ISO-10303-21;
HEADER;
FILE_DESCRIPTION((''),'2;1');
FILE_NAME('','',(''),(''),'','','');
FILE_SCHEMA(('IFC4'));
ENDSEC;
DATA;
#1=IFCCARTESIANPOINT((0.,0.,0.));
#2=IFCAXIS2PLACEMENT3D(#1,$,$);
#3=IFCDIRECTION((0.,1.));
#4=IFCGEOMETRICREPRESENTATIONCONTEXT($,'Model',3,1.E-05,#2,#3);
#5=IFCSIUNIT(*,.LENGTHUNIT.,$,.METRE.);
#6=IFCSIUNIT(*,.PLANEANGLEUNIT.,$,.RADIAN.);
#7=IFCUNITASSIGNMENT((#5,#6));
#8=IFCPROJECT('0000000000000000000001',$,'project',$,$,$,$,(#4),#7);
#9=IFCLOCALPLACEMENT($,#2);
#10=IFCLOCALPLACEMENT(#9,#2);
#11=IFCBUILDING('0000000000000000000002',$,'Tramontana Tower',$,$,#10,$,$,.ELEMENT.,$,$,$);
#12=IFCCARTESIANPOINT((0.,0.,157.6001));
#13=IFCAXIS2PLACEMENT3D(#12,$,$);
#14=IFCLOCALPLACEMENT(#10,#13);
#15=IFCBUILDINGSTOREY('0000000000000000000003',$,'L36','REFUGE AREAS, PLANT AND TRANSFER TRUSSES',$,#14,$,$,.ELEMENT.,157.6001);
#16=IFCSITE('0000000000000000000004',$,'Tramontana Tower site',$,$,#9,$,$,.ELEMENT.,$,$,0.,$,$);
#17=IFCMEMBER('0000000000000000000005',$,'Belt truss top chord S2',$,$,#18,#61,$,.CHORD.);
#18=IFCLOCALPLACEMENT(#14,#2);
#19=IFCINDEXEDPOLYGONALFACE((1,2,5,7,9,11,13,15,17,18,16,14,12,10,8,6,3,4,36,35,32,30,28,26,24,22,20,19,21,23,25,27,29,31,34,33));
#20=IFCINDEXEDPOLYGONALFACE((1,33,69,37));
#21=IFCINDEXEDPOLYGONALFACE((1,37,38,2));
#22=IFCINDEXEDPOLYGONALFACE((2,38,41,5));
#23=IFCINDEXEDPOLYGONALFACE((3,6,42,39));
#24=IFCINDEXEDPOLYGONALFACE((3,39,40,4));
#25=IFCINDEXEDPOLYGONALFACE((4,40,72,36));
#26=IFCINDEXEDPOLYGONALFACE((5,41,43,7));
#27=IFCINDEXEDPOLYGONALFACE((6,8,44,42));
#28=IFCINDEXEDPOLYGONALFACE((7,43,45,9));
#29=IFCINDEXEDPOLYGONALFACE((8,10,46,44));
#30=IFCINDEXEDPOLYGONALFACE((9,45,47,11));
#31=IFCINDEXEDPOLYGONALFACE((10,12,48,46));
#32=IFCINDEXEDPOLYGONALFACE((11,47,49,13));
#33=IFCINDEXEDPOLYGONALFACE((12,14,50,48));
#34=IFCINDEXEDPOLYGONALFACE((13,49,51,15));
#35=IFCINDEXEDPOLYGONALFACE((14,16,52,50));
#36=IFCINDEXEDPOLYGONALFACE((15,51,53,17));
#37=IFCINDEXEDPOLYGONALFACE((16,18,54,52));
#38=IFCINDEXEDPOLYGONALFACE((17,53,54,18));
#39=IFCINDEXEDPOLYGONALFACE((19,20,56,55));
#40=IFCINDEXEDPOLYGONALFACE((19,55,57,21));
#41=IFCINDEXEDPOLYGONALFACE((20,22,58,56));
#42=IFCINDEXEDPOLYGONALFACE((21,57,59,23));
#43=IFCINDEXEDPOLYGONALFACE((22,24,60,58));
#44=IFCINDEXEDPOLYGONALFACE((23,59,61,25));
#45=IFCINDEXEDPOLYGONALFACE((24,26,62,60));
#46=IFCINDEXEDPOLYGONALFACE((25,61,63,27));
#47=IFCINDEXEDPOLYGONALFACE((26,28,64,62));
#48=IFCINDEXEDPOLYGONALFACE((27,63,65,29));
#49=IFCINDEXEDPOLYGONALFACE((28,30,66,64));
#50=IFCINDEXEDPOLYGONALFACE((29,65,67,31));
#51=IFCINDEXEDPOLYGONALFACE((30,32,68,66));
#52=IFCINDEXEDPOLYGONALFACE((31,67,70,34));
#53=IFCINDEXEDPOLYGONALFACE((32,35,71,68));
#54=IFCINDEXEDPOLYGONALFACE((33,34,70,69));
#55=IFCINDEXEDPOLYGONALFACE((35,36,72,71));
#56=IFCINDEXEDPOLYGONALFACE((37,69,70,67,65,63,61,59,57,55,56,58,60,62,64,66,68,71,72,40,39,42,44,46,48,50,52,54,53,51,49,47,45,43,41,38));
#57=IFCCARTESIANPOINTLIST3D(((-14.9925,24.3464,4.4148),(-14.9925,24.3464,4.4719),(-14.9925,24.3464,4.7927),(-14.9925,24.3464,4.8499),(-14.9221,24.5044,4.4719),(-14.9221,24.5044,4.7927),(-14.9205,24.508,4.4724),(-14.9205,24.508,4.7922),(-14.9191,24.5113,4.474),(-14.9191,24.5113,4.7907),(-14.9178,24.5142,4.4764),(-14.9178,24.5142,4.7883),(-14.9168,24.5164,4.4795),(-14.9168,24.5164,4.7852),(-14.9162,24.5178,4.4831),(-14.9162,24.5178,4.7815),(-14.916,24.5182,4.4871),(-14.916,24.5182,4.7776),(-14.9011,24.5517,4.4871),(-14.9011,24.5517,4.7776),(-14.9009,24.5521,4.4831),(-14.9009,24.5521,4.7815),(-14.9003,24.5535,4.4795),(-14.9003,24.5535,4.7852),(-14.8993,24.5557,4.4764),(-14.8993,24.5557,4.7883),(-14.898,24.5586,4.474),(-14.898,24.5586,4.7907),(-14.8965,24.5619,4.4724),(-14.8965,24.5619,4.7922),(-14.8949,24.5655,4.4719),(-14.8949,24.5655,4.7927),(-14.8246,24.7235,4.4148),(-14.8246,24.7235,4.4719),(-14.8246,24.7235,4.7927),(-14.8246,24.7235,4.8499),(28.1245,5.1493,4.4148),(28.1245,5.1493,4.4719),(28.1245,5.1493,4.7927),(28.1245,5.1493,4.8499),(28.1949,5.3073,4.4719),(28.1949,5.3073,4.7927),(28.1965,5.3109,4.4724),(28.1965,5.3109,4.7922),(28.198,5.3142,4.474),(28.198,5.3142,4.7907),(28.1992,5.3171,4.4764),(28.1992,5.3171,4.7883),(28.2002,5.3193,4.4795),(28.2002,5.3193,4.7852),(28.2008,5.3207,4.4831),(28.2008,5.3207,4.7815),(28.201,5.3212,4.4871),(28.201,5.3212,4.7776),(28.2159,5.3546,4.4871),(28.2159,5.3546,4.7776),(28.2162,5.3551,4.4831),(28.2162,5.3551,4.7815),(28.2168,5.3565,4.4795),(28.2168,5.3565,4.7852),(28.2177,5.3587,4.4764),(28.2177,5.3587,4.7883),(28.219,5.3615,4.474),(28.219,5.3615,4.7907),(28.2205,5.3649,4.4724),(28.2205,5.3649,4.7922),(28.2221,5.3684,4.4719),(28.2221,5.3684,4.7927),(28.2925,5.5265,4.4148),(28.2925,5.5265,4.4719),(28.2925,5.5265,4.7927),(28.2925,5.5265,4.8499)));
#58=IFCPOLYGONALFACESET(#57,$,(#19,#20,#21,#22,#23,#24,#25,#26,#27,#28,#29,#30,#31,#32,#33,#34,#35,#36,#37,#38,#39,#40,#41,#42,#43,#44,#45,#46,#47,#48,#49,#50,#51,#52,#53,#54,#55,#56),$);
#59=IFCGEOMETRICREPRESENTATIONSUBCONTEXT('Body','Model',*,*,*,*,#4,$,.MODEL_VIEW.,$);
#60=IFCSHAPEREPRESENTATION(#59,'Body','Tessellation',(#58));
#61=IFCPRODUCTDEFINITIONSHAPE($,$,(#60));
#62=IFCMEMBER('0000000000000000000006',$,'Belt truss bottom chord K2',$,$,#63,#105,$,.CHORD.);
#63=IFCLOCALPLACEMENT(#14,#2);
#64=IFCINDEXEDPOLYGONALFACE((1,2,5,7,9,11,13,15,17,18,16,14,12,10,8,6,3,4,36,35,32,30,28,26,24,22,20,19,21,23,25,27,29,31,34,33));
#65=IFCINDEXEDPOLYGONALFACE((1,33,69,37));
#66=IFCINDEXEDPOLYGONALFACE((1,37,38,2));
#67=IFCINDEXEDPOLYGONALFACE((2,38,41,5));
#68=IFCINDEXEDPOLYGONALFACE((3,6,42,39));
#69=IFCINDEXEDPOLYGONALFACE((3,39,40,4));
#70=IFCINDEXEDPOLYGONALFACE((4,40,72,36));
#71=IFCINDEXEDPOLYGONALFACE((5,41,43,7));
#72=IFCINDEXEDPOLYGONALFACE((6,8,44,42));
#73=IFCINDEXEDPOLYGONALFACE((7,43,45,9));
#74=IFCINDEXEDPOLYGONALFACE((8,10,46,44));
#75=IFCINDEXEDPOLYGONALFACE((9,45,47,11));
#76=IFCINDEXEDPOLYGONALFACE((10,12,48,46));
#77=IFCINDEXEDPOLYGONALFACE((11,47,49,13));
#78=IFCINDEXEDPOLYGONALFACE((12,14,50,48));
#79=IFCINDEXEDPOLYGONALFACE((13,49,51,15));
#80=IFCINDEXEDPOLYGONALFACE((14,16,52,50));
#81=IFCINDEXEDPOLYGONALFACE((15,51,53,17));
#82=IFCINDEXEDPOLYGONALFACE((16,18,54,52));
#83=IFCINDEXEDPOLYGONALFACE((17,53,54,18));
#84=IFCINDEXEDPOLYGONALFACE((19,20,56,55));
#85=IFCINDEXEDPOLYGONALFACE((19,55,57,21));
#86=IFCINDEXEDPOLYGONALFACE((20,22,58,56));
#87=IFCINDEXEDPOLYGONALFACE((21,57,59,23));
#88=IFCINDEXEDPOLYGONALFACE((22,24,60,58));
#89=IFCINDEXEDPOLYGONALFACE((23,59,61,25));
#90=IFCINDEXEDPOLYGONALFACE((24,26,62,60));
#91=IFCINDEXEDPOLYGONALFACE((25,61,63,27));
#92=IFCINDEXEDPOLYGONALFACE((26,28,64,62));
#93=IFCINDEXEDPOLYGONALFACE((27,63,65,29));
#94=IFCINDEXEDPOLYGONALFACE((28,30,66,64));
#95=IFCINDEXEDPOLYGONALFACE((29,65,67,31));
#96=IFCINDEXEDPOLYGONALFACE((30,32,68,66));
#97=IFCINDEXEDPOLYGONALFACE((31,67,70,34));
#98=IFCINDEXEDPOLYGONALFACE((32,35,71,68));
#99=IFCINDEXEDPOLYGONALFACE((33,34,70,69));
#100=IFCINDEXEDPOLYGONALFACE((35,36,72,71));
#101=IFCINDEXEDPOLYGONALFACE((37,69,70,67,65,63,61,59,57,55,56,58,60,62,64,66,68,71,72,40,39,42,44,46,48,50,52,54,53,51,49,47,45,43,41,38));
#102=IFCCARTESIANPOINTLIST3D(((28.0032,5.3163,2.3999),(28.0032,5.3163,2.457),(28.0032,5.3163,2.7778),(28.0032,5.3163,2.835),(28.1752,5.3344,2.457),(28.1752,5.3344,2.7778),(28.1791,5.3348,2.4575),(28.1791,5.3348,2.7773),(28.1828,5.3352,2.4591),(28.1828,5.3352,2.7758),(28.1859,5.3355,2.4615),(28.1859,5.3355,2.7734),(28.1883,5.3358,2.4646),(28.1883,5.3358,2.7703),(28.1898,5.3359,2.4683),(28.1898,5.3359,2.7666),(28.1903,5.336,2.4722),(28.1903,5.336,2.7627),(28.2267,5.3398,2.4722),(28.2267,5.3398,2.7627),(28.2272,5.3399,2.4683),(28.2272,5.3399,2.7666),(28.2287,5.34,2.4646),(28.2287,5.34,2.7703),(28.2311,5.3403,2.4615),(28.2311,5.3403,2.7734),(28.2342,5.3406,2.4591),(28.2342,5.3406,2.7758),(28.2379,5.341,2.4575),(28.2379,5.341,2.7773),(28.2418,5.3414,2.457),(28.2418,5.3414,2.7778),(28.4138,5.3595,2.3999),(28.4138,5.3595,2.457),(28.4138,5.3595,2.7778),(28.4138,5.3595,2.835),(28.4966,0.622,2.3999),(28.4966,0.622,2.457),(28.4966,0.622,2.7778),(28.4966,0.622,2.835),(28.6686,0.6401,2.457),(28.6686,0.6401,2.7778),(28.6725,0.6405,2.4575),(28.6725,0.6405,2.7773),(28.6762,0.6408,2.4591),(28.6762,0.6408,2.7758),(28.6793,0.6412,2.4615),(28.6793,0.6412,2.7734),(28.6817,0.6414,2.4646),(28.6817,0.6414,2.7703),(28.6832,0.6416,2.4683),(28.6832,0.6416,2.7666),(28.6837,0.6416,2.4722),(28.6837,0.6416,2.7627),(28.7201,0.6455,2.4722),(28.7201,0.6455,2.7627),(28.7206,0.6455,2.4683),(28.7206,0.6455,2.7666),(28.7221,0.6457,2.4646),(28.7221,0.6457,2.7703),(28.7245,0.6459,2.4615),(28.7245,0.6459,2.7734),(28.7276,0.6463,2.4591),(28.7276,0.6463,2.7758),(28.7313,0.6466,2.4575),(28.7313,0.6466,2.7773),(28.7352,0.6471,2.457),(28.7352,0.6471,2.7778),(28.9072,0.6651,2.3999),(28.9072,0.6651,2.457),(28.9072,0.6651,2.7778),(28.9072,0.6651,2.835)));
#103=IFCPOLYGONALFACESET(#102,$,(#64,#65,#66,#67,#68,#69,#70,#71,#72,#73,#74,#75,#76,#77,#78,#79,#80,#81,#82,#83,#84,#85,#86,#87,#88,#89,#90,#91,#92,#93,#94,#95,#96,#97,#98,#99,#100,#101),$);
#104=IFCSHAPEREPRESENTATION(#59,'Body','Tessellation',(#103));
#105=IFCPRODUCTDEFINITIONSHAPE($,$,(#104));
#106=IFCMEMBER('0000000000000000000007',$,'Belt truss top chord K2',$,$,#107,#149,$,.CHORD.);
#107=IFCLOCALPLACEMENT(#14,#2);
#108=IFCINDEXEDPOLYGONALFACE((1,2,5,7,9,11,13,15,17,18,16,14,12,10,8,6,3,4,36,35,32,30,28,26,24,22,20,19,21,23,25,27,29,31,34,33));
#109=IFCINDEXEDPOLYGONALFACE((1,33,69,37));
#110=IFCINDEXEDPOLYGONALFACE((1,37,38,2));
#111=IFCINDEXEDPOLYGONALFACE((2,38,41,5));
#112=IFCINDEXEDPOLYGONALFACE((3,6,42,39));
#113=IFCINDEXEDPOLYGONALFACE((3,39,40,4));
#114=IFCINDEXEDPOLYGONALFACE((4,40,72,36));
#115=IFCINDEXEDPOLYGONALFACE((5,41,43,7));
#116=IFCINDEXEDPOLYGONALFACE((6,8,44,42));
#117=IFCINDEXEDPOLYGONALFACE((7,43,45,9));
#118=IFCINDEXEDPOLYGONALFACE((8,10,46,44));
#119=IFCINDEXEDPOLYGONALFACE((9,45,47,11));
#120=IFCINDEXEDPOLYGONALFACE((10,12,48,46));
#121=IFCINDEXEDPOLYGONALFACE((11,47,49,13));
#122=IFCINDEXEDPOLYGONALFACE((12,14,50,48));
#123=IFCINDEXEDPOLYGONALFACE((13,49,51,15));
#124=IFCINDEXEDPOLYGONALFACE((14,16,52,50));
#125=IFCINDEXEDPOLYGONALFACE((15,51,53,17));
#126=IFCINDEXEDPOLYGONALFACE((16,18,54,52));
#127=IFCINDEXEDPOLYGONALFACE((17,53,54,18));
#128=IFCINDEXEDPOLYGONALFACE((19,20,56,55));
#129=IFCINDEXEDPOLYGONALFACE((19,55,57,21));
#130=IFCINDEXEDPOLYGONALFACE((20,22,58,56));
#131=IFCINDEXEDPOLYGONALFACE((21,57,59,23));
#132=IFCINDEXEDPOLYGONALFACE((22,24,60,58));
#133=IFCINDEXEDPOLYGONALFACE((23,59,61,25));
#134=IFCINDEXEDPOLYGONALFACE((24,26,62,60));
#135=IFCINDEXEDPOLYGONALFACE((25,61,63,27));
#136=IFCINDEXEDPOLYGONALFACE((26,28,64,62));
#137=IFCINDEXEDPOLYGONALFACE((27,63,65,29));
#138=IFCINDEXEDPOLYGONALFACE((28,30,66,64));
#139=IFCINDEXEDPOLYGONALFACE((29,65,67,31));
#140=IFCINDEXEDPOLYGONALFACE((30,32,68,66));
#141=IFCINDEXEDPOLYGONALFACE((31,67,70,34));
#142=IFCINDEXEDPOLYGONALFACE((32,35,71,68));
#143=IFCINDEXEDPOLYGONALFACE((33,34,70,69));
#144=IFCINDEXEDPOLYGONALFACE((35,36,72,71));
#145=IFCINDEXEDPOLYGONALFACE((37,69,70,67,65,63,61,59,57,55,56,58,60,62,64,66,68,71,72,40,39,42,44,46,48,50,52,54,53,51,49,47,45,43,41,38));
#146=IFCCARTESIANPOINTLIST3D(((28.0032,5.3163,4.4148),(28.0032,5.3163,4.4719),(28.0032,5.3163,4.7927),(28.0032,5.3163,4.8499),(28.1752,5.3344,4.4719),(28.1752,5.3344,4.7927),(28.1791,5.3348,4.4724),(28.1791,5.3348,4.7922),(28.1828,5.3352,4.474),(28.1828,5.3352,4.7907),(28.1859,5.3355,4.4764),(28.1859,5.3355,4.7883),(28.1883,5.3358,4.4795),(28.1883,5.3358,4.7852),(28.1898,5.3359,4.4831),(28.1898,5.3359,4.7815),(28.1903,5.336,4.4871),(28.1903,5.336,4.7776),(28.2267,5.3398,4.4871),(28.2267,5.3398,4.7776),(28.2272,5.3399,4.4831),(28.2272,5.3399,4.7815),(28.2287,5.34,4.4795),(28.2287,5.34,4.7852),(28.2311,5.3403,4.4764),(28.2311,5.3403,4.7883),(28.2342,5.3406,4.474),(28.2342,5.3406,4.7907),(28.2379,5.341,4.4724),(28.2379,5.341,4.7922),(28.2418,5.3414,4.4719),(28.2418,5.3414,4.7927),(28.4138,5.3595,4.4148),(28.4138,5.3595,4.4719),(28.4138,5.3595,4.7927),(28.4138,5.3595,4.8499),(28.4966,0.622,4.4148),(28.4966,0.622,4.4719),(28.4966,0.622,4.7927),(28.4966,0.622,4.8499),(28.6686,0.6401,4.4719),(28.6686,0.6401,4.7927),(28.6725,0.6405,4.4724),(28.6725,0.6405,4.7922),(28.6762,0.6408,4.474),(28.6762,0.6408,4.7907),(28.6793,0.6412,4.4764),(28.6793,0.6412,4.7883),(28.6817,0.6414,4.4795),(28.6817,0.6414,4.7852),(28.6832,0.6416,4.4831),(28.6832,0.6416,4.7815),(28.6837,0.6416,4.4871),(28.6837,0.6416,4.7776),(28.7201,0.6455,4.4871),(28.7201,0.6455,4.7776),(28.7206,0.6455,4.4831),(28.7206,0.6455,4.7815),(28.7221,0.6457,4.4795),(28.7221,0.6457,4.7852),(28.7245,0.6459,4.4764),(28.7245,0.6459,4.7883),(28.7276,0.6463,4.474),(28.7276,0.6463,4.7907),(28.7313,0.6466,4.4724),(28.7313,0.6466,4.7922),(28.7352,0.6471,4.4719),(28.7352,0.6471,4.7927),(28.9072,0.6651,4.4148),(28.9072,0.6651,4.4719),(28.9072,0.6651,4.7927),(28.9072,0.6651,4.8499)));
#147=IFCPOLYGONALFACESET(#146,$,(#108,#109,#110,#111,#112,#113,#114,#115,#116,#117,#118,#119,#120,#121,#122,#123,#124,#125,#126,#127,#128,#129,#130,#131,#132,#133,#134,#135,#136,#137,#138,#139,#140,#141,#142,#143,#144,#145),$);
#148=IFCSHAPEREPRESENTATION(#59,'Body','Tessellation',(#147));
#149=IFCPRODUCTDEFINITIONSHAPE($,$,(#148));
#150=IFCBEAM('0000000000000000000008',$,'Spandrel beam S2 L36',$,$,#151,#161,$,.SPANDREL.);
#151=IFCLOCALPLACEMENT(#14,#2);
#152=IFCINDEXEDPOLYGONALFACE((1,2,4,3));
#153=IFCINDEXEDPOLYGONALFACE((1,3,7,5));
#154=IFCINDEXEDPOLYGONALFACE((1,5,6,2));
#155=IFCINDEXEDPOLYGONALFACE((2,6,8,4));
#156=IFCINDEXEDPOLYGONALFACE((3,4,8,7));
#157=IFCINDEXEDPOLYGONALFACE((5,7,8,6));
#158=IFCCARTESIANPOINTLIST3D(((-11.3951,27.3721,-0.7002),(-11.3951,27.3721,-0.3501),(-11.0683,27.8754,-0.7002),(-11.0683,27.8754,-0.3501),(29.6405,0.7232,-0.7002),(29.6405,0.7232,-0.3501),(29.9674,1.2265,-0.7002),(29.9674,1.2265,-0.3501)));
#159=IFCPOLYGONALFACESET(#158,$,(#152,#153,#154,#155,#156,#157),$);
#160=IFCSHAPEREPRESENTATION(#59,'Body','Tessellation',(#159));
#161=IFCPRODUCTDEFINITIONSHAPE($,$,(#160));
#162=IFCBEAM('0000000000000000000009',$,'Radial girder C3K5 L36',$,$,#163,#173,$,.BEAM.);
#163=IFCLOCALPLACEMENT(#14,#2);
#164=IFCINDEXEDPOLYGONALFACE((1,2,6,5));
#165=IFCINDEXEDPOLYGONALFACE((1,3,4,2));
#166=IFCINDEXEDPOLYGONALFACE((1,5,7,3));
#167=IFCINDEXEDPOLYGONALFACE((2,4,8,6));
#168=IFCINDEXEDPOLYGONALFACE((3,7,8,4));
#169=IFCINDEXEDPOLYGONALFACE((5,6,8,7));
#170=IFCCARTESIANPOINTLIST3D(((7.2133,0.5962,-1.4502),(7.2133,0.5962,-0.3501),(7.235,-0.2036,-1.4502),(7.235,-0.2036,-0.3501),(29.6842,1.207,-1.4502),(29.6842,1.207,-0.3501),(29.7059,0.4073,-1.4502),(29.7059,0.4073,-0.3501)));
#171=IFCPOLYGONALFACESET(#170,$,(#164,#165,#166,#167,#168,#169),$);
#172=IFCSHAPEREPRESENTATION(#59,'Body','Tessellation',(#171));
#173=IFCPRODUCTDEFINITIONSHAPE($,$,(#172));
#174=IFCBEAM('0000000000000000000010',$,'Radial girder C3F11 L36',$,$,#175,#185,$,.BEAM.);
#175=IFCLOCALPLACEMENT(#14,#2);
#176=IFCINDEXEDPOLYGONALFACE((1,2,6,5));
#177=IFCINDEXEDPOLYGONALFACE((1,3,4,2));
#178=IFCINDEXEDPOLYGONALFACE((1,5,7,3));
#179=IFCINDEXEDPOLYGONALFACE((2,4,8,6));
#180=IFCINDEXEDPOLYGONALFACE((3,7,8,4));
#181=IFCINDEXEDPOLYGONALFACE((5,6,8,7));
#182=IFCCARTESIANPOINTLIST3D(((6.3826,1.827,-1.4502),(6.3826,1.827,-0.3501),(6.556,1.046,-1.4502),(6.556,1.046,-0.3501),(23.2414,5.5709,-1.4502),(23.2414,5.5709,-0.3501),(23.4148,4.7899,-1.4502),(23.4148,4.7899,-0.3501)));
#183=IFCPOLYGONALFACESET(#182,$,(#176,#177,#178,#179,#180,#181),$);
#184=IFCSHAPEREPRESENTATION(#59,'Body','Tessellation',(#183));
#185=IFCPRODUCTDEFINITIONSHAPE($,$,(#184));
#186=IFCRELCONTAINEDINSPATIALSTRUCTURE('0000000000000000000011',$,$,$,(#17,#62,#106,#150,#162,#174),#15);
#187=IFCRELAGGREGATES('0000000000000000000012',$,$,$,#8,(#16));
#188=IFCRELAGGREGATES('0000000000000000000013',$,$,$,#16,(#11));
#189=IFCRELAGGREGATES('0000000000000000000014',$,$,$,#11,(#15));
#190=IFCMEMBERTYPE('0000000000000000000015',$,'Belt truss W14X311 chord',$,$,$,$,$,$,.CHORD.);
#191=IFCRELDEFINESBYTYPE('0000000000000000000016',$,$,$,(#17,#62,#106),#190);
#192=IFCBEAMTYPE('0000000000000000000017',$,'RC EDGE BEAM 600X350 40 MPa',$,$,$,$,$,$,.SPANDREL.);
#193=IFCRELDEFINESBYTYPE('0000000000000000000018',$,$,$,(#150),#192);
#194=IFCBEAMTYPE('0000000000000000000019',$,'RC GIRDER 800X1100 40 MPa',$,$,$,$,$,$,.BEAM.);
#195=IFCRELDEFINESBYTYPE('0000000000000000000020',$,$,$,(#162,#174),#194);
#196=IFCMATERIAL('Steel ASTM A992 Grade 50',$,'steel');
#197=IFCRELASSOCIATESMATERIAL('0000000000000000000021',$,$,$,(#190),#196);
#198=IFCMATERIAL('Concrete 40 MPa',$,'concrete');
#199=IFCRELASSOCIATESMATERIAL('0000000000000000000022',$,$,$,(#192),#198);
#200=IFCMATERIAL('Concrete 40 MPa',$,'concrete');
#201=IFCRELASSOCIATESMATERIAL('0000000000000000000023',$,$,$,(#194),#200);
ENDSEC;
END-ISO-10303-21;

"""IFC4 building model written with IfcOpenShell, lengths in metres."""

from ifc_helpers import new_model, si_unit, direction, frame, origin, origin_2d, place, context, subcontext, project, spatial, rectangle, i_section, extrude, material, material_profile, profile_set, type_object, element, save


model = new_model("IFC4")

# Units and contexts
model_context = context("Model", 3, precision=1e-05, world=origin(), true_north=direction((0.0, 1.0)))
body_context = subcontext(model_context, "Body", "Model", "MODEL_VIEW")
ifc_project = project(units=[si_unit("LENGTHUNIT", "METRE"), si_unit("PLANEANGLEUNIT", "RADIAN")], contexts=[model_context])

# Site, building, storey
site_placement = place(None, origin())
site = spatial("IfcSite", under=ifc_project, at=site_placement, Name="Tramontana Tower site", CompositionType="ELEMENT", RefElevation=0.0)
building_placement = place(site_placement, origin())
building = spatial("IfcBuilding", under=site, at=building_placement, Name="Tramontana Tower", CompositionType="ELEMENT")
storey_placement = place(building_placement, frame((0.0, 0.0, 157.6001)))
storey = spatial("IfcBuildingStorey", under=building, at=storey_placement, Name="L36", Description="REFUGE AREAS, PLANT AND TRANSFER TRUSSES", CompositionType="ELEMENT", Elevation=157.6001)

# Members
ifc_material_1 = material(Name="Steel ASTM A992 Grade 50", Category="steel")
ifc_material_profile_1 = material_profile(ifc_material_1, i_section(OverallWidth=0.4128, OverallDepth=0.4351, WebThickness=0.0366, FlangeThickness=0.0571, FilletRadius=0.0151, at=origin_2d()), Name="W14X311")
ifc_profile_set_1 = profile_set([ifc_material_profile_1], Name="Steel ASTM A992 Grade 50")
member_type_1 = type_object("IfcMemberType", Name="Belt truss W14X311 chord", PredefinedType="CHORD", material=ifc_profile_set_1)
for number, where, z_axis, x_axis, name in (
    (1, (28.2085, 5.3379, 4.6323), (-0.913545, 0.406739, 0.0), (-0.406739, -0.913545, 0.0), "Belt truss top chord S2"),
):
    element("IfcMember", number, at=place(storey_placement, frame(where, z_axis=z_axis, x_axis=x_axis)), inside=storey, type_object=member_type_1, Name=name, PredefinedType="CHORD", context=body_context, shape_type="SweptSolid", body=[
        extrude(i_section(OverallWidth=0.4128, OverallDepth=0.4351, WebThickness=0.0366, FlangeThickness=0.0571, FilletRadius=0.0151, at=origin_2d()), origin(), (0.0, 0.0, 1.0), 47.1975),
    ])
for number, where, z_axis, x_axis, name in (
    (2, (28.7019, 0.6436, 2.6174), (-0.104531, 0.994522, 0.0), (-0.994522, -0.104531, 0.0), "Belt truss bottom chord K2"),
    (3, (28.7019, 0.6436, 4.6323), (-0.104531, 0.994522, 0.0), (-0.994522, -0.104531, 0.0), "Belt truss top chord K2"),
):
    element("IfcMember", number, at=place(storey_placement, frame(where, z_axis=z_axis, x_axis=x_axis)), inside=storey, type_object=member_type_1, Name=name, PredefinedType="CHORD", context=body_context, shape_type="SweptSolid", body=[
        extrude(i_section(OverallWidth=0.4128, OverallDepth=0.4351, WebThickness=0.0366, FlangeThickness=0.0571, FilletRadius=0.0151, at=origin_2d()), origin(), (0.0, 0.0, 1.0), 4.7202),
    ])

# Beams
ifc_material_2 = material(Name="Concrete 40 MPa", Category="concrete")
ifc_material_profile_2 = material_profile(ifc_material_2, rectangle(XDim=0.6001, YDim=0.3501, at=origin_2d()), Name="RC EDGE BEAM 600X350 40 MPa")
ifc_profile_set_2 = profile_set([ifc_material_profile_2], Name="Concrete 40 MPa")
beam_type_1 = type_object("IfcBeamType", Name="RC EDGE BEAM 600X350 40 MPa", PredefinedType="SPANDREL", material=ifc_profile_set_2)
beam_1_placement = place(storey_placement, frame((29.804, 0.9749, -0.5251), z_axis=(-0.83867, 0.54464, 0.0), x_axis=(-0.54464, -0.83867, 0.0)))
element("IfcBeam", 4, at=beam_1_placement, inside=storey, type_object=beam_type_1, Name="Spandrel beam S2 L36", PredefinedType="SPANDREL", context=body_context, shape_type="SweptSolid", body=[
    extrude(rectangle(XDim=0.6001, YDim=0.3501, at=origin_2d()), origin(), (0.0, 0.0, 1.0), 48.9294),
])
ifc_material_3 = material(Name="Concrete 40 MPa", Category="concrete")
ifc_material_profile_3 = material_profile(ifc_material_3, rectangle(XDim=0.8, YDim=1.1001, at=origin_2d()), Name="RC GIRDER 800X1100 40 MPa")
ifc_profile_set_3 = profile_set([ifc_material_profile_3], Name="Concrete 40 MPa")
beam_type_2 = type_object("IfcBeamType", Name="RC GIRDER 800X1100 40 MPa", PredefinedType="BEAM", material=ifc_profile_set_3)
beam_2_placement = place(storey_placement, frame((29.6951, 0.8071, -0.9001), z_axis=(-0.999631, -0.027173, 0.0), x_axis=(0.027173, -0.999631, 0.0)))
element("IfcBeam", 5, at=beam_2_placement, inside=storey, type_object=beam_type_2, Name="Radial girder C3K5 L36", PredefinedType="BEAM", context=body_context, shape_type="SweptSolid", body=[
    extrude(rectangle(XDim=0.8, YDim=1.1001, at=origin_2d()), origin(), (0.0, 0.0, 1.0), 22.4792),
])
beam_3_placement = place(storey_placement, frame((23.3281, 5.1804, -0.9001), z_axis=(-0.976218, -0.216791, 0.0), x_axis=(0.216791, -0.976218, 0.0)))
element("IfcBeam", 6, at=beam_3_placement, inside=storey, type_object=beam_type_2, Name="Radial girder C3F11 L36", PredefinedType="BEAM", context=body_context, shape_type="SweptSolid", body=[
    extrude(rectangle(XDim=0.8, YDim=1.1001, at=origin_2d()), origin(), (0.0, 0.0, 1.0), 17.2695),
])

save(model, "model.ifc")
